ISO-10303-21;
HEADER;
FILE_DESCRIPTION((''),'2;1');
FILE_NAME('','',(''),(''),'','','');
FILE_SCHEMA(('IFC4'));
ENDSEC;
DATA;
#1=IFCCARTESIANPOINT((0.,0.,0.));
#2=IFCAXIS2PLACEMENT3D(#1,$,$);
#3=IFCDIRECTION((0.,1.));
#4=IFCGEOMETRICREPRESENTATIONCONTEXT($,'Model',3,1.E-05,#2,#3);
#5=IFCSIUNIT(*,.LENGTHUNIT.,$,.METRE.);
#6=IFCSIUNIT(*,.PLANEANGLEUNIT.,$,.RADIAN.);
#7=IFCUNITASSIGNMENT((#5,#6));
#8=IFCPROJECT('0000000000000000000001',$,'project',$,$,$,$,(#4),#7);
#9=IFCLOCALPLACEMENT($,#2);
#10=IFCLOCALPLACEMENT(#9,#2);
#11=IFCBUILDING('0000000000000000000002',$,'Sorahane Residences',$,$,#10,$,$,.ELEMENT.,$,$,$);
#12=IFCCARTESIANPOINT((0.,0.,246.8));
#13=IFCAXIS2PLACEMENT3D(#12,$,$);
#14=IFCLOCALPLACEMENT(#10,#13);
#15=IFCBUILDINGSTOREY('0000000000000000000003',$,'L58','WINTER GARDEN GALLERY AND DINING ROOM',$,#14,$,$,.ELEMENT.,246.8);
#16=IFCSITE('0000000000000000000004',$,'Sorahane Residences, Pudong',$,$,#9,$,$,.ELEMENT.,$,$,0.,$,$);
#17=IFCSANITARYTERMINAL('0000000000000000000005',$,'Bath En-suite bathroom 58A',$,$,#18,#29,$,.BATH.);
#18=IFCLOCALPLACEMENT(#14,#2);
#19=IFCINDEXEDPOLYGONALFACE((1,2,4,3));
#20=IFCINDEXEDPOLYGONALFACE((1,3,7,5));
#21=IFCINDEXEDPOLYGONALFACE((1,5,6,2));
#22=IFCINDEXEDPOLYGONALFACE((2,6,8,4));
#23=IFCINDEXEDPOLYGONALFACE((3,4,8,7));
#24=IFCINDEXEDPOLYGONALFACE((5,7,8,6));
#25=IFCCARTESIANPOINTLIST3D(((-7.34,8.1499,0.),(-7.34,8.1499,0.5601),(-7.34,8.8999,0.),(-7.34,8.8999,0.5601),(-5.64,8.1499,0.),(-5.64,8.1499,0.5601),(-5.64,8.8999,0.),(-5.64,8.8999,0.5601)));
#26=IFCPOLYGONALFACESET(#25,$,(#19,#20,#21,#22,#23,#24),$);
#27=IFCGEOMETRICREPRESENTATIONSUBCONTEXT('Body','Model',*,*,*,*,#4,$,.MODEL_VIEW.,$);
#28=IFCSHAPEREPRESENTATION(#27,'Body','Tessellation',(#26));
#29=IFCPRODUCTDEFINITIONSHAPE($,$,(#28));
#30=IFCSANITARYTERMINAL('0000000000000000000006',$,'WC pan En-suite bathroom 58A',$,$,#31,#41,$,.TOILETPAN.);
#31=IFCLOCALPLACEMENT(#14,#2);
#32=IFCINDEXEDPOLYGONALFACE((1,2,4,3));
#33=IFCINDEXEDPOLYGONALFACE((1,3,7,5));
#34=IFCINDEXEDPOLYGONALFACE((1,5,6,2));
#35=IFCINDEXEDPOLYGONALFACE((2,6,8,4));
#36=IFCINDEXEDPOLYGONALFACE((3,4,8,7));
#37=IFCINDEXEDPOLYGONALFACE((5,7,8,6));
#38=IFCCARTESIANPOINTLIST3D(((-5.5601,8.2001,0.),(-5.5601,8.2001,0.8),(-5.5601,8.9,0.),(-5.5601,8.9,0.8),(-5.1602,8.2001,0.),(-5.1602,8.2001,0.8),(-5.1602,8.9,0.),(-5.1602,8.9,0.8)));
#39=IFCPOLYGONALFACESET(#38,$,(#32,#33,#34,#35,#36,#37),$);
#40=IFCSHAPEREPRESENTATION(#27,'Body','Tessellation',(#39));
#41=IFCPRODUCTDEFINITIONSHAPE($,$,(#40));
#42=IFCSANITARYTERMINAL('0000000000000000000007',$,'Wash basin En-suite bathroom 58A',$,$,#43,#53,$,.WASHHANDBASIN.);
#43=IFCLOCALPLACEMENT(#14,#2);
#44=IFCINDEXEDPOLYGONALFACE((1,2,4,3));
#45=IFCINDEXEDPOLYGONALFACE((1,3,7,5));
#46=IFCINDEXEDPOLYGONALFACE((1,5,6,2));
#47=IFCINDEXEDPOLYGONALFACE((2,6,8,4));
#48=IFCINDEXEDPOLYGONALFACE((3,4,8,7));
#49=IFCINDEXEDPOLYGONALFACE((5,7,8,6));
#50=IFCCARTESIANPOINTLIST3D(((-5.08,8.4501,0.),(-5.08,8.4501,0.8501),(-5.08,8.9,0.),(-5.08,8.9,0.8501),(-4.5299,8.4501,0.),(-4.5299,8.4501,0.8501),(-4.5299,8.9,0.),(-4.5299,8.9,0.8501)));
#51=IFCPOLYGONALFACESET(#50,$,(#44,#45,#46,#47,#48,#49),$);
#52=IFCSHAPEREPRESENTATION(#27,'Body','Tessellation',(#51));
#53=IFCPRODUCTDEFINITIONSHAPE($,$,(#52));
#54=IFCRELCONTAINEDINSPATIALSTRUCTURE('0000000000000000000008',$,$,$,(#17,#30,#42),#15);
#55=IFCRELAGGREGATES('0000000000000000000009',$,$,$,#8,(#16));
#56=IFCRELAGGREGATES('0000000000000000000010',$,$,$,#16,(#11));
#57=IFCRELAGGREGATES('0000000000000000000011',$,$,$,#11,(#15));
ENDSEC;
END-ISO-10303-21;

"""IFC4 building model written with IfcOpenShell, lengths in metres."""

from ifc_helpers import new_model, si_unit, direction, frame, origin, origin_2d, place, context, subcontext, project, spatial, rectangle, extrude, element, save


model = new_model("IFC4")

# Units and contexts
model_context = context("Model", 3, precision=1e-05, world=origin(), true_north=direction((0.0, 1.0)))
body_context = subcontext(model_context, "Body", "Model", "MODEL_VIEW")
ifc_project = project(units=[si_unit("LENGTHUNIT", "METRE"), si_unit("PLANEANGLEUNIT", "RADIAN")], contexts=[model_context])

# Site, building, storey
site_placement = place(None, origin())
site = spatial("IfcSite", under=ifc_project, at=site_placement, Name="Sorahane Residences, Pudong", CompositionType="ELEMENT", RefElevation=0.0)
building_placement = place(site_placement, origin())
building = spatial("IfcBuilding", under=site, at=building_placement, Name="Sorahane Residences", CompositionType="ELEMENT")
storey_placement = place(building_placement, frame((0.0, 0.0, 246.8)))
storey = spatial("IfcBuildingStorey", under=building, at=storey_placement, Name="L58", Description="WINTER GARDEN GALLERY AND DINING ROOM", CompositionType="ELEMENT", Elevation=246.8)

# Sanitary terminals
sanitary_terminal_1_placement = place(storey_placement, frame((-6.49, 8.5249, 0.0), z_axis=(0.0, 0.0, 1.0), x_axis=(1.0, 0.0, 0.0)))
element("IfcSanitaryTerminal", 1, at=sanitary_terminal_1_placement, inside=storey, Name="Bath En-suite bathroom 58A", PredefinedType="BATH", context=body_context, shape_type="SweptSolid", body=[
    extrude(rectangle(XDim=1.7, YDim=0.75, at=origin_2d()), origin(), (0.0, 0.0, 1.0), 0.5601),
])
sanitary_terminal_2_placement = place(storey_placement, frame((-5.3601, 8.55, 0.0), z_axis=(0.0, 0.0, 1.0), x_axis=(1.0, 0.0, 0.0)))
element("IfcSanitaryTerminal", 2, at=sanitary_terminal_2_placement, inside=storey, Name="WC pan En-suite bathroom 58A", PredefinedType="TOILETPAN", context=body_context, shape_type="SweptSolid", body=[
    extrude(rectangle(XDim=0.3999, YDim=0.7, at=origin_2d()), origin(), (0.0, 0.0, 1.0), 0.8),
])
sanitary_terminal_3_placement = place(storey_placement, frame((-4.8049, 8.675, 0.0), z_axis=(0.0, 0.0, 1.0), x_axis=(1.0, 0.0, 0.0)))
element("IfcSanitaryTerminal", 3, at=sanitary_terminal_3_placement, inside=storey, Name="Wash basin En-suite bathroom 58A", PredefinedType="WASHHANDBASIN", context=body_context, shape_type="SweptSolid", body=[
    extrude(rectangle(XDim=0.55, YDim=0.45, at=origin_2d()), origin(), (0.0, 0.0, 1.0), 0.8501),
])

save(model, "model.ifc")
